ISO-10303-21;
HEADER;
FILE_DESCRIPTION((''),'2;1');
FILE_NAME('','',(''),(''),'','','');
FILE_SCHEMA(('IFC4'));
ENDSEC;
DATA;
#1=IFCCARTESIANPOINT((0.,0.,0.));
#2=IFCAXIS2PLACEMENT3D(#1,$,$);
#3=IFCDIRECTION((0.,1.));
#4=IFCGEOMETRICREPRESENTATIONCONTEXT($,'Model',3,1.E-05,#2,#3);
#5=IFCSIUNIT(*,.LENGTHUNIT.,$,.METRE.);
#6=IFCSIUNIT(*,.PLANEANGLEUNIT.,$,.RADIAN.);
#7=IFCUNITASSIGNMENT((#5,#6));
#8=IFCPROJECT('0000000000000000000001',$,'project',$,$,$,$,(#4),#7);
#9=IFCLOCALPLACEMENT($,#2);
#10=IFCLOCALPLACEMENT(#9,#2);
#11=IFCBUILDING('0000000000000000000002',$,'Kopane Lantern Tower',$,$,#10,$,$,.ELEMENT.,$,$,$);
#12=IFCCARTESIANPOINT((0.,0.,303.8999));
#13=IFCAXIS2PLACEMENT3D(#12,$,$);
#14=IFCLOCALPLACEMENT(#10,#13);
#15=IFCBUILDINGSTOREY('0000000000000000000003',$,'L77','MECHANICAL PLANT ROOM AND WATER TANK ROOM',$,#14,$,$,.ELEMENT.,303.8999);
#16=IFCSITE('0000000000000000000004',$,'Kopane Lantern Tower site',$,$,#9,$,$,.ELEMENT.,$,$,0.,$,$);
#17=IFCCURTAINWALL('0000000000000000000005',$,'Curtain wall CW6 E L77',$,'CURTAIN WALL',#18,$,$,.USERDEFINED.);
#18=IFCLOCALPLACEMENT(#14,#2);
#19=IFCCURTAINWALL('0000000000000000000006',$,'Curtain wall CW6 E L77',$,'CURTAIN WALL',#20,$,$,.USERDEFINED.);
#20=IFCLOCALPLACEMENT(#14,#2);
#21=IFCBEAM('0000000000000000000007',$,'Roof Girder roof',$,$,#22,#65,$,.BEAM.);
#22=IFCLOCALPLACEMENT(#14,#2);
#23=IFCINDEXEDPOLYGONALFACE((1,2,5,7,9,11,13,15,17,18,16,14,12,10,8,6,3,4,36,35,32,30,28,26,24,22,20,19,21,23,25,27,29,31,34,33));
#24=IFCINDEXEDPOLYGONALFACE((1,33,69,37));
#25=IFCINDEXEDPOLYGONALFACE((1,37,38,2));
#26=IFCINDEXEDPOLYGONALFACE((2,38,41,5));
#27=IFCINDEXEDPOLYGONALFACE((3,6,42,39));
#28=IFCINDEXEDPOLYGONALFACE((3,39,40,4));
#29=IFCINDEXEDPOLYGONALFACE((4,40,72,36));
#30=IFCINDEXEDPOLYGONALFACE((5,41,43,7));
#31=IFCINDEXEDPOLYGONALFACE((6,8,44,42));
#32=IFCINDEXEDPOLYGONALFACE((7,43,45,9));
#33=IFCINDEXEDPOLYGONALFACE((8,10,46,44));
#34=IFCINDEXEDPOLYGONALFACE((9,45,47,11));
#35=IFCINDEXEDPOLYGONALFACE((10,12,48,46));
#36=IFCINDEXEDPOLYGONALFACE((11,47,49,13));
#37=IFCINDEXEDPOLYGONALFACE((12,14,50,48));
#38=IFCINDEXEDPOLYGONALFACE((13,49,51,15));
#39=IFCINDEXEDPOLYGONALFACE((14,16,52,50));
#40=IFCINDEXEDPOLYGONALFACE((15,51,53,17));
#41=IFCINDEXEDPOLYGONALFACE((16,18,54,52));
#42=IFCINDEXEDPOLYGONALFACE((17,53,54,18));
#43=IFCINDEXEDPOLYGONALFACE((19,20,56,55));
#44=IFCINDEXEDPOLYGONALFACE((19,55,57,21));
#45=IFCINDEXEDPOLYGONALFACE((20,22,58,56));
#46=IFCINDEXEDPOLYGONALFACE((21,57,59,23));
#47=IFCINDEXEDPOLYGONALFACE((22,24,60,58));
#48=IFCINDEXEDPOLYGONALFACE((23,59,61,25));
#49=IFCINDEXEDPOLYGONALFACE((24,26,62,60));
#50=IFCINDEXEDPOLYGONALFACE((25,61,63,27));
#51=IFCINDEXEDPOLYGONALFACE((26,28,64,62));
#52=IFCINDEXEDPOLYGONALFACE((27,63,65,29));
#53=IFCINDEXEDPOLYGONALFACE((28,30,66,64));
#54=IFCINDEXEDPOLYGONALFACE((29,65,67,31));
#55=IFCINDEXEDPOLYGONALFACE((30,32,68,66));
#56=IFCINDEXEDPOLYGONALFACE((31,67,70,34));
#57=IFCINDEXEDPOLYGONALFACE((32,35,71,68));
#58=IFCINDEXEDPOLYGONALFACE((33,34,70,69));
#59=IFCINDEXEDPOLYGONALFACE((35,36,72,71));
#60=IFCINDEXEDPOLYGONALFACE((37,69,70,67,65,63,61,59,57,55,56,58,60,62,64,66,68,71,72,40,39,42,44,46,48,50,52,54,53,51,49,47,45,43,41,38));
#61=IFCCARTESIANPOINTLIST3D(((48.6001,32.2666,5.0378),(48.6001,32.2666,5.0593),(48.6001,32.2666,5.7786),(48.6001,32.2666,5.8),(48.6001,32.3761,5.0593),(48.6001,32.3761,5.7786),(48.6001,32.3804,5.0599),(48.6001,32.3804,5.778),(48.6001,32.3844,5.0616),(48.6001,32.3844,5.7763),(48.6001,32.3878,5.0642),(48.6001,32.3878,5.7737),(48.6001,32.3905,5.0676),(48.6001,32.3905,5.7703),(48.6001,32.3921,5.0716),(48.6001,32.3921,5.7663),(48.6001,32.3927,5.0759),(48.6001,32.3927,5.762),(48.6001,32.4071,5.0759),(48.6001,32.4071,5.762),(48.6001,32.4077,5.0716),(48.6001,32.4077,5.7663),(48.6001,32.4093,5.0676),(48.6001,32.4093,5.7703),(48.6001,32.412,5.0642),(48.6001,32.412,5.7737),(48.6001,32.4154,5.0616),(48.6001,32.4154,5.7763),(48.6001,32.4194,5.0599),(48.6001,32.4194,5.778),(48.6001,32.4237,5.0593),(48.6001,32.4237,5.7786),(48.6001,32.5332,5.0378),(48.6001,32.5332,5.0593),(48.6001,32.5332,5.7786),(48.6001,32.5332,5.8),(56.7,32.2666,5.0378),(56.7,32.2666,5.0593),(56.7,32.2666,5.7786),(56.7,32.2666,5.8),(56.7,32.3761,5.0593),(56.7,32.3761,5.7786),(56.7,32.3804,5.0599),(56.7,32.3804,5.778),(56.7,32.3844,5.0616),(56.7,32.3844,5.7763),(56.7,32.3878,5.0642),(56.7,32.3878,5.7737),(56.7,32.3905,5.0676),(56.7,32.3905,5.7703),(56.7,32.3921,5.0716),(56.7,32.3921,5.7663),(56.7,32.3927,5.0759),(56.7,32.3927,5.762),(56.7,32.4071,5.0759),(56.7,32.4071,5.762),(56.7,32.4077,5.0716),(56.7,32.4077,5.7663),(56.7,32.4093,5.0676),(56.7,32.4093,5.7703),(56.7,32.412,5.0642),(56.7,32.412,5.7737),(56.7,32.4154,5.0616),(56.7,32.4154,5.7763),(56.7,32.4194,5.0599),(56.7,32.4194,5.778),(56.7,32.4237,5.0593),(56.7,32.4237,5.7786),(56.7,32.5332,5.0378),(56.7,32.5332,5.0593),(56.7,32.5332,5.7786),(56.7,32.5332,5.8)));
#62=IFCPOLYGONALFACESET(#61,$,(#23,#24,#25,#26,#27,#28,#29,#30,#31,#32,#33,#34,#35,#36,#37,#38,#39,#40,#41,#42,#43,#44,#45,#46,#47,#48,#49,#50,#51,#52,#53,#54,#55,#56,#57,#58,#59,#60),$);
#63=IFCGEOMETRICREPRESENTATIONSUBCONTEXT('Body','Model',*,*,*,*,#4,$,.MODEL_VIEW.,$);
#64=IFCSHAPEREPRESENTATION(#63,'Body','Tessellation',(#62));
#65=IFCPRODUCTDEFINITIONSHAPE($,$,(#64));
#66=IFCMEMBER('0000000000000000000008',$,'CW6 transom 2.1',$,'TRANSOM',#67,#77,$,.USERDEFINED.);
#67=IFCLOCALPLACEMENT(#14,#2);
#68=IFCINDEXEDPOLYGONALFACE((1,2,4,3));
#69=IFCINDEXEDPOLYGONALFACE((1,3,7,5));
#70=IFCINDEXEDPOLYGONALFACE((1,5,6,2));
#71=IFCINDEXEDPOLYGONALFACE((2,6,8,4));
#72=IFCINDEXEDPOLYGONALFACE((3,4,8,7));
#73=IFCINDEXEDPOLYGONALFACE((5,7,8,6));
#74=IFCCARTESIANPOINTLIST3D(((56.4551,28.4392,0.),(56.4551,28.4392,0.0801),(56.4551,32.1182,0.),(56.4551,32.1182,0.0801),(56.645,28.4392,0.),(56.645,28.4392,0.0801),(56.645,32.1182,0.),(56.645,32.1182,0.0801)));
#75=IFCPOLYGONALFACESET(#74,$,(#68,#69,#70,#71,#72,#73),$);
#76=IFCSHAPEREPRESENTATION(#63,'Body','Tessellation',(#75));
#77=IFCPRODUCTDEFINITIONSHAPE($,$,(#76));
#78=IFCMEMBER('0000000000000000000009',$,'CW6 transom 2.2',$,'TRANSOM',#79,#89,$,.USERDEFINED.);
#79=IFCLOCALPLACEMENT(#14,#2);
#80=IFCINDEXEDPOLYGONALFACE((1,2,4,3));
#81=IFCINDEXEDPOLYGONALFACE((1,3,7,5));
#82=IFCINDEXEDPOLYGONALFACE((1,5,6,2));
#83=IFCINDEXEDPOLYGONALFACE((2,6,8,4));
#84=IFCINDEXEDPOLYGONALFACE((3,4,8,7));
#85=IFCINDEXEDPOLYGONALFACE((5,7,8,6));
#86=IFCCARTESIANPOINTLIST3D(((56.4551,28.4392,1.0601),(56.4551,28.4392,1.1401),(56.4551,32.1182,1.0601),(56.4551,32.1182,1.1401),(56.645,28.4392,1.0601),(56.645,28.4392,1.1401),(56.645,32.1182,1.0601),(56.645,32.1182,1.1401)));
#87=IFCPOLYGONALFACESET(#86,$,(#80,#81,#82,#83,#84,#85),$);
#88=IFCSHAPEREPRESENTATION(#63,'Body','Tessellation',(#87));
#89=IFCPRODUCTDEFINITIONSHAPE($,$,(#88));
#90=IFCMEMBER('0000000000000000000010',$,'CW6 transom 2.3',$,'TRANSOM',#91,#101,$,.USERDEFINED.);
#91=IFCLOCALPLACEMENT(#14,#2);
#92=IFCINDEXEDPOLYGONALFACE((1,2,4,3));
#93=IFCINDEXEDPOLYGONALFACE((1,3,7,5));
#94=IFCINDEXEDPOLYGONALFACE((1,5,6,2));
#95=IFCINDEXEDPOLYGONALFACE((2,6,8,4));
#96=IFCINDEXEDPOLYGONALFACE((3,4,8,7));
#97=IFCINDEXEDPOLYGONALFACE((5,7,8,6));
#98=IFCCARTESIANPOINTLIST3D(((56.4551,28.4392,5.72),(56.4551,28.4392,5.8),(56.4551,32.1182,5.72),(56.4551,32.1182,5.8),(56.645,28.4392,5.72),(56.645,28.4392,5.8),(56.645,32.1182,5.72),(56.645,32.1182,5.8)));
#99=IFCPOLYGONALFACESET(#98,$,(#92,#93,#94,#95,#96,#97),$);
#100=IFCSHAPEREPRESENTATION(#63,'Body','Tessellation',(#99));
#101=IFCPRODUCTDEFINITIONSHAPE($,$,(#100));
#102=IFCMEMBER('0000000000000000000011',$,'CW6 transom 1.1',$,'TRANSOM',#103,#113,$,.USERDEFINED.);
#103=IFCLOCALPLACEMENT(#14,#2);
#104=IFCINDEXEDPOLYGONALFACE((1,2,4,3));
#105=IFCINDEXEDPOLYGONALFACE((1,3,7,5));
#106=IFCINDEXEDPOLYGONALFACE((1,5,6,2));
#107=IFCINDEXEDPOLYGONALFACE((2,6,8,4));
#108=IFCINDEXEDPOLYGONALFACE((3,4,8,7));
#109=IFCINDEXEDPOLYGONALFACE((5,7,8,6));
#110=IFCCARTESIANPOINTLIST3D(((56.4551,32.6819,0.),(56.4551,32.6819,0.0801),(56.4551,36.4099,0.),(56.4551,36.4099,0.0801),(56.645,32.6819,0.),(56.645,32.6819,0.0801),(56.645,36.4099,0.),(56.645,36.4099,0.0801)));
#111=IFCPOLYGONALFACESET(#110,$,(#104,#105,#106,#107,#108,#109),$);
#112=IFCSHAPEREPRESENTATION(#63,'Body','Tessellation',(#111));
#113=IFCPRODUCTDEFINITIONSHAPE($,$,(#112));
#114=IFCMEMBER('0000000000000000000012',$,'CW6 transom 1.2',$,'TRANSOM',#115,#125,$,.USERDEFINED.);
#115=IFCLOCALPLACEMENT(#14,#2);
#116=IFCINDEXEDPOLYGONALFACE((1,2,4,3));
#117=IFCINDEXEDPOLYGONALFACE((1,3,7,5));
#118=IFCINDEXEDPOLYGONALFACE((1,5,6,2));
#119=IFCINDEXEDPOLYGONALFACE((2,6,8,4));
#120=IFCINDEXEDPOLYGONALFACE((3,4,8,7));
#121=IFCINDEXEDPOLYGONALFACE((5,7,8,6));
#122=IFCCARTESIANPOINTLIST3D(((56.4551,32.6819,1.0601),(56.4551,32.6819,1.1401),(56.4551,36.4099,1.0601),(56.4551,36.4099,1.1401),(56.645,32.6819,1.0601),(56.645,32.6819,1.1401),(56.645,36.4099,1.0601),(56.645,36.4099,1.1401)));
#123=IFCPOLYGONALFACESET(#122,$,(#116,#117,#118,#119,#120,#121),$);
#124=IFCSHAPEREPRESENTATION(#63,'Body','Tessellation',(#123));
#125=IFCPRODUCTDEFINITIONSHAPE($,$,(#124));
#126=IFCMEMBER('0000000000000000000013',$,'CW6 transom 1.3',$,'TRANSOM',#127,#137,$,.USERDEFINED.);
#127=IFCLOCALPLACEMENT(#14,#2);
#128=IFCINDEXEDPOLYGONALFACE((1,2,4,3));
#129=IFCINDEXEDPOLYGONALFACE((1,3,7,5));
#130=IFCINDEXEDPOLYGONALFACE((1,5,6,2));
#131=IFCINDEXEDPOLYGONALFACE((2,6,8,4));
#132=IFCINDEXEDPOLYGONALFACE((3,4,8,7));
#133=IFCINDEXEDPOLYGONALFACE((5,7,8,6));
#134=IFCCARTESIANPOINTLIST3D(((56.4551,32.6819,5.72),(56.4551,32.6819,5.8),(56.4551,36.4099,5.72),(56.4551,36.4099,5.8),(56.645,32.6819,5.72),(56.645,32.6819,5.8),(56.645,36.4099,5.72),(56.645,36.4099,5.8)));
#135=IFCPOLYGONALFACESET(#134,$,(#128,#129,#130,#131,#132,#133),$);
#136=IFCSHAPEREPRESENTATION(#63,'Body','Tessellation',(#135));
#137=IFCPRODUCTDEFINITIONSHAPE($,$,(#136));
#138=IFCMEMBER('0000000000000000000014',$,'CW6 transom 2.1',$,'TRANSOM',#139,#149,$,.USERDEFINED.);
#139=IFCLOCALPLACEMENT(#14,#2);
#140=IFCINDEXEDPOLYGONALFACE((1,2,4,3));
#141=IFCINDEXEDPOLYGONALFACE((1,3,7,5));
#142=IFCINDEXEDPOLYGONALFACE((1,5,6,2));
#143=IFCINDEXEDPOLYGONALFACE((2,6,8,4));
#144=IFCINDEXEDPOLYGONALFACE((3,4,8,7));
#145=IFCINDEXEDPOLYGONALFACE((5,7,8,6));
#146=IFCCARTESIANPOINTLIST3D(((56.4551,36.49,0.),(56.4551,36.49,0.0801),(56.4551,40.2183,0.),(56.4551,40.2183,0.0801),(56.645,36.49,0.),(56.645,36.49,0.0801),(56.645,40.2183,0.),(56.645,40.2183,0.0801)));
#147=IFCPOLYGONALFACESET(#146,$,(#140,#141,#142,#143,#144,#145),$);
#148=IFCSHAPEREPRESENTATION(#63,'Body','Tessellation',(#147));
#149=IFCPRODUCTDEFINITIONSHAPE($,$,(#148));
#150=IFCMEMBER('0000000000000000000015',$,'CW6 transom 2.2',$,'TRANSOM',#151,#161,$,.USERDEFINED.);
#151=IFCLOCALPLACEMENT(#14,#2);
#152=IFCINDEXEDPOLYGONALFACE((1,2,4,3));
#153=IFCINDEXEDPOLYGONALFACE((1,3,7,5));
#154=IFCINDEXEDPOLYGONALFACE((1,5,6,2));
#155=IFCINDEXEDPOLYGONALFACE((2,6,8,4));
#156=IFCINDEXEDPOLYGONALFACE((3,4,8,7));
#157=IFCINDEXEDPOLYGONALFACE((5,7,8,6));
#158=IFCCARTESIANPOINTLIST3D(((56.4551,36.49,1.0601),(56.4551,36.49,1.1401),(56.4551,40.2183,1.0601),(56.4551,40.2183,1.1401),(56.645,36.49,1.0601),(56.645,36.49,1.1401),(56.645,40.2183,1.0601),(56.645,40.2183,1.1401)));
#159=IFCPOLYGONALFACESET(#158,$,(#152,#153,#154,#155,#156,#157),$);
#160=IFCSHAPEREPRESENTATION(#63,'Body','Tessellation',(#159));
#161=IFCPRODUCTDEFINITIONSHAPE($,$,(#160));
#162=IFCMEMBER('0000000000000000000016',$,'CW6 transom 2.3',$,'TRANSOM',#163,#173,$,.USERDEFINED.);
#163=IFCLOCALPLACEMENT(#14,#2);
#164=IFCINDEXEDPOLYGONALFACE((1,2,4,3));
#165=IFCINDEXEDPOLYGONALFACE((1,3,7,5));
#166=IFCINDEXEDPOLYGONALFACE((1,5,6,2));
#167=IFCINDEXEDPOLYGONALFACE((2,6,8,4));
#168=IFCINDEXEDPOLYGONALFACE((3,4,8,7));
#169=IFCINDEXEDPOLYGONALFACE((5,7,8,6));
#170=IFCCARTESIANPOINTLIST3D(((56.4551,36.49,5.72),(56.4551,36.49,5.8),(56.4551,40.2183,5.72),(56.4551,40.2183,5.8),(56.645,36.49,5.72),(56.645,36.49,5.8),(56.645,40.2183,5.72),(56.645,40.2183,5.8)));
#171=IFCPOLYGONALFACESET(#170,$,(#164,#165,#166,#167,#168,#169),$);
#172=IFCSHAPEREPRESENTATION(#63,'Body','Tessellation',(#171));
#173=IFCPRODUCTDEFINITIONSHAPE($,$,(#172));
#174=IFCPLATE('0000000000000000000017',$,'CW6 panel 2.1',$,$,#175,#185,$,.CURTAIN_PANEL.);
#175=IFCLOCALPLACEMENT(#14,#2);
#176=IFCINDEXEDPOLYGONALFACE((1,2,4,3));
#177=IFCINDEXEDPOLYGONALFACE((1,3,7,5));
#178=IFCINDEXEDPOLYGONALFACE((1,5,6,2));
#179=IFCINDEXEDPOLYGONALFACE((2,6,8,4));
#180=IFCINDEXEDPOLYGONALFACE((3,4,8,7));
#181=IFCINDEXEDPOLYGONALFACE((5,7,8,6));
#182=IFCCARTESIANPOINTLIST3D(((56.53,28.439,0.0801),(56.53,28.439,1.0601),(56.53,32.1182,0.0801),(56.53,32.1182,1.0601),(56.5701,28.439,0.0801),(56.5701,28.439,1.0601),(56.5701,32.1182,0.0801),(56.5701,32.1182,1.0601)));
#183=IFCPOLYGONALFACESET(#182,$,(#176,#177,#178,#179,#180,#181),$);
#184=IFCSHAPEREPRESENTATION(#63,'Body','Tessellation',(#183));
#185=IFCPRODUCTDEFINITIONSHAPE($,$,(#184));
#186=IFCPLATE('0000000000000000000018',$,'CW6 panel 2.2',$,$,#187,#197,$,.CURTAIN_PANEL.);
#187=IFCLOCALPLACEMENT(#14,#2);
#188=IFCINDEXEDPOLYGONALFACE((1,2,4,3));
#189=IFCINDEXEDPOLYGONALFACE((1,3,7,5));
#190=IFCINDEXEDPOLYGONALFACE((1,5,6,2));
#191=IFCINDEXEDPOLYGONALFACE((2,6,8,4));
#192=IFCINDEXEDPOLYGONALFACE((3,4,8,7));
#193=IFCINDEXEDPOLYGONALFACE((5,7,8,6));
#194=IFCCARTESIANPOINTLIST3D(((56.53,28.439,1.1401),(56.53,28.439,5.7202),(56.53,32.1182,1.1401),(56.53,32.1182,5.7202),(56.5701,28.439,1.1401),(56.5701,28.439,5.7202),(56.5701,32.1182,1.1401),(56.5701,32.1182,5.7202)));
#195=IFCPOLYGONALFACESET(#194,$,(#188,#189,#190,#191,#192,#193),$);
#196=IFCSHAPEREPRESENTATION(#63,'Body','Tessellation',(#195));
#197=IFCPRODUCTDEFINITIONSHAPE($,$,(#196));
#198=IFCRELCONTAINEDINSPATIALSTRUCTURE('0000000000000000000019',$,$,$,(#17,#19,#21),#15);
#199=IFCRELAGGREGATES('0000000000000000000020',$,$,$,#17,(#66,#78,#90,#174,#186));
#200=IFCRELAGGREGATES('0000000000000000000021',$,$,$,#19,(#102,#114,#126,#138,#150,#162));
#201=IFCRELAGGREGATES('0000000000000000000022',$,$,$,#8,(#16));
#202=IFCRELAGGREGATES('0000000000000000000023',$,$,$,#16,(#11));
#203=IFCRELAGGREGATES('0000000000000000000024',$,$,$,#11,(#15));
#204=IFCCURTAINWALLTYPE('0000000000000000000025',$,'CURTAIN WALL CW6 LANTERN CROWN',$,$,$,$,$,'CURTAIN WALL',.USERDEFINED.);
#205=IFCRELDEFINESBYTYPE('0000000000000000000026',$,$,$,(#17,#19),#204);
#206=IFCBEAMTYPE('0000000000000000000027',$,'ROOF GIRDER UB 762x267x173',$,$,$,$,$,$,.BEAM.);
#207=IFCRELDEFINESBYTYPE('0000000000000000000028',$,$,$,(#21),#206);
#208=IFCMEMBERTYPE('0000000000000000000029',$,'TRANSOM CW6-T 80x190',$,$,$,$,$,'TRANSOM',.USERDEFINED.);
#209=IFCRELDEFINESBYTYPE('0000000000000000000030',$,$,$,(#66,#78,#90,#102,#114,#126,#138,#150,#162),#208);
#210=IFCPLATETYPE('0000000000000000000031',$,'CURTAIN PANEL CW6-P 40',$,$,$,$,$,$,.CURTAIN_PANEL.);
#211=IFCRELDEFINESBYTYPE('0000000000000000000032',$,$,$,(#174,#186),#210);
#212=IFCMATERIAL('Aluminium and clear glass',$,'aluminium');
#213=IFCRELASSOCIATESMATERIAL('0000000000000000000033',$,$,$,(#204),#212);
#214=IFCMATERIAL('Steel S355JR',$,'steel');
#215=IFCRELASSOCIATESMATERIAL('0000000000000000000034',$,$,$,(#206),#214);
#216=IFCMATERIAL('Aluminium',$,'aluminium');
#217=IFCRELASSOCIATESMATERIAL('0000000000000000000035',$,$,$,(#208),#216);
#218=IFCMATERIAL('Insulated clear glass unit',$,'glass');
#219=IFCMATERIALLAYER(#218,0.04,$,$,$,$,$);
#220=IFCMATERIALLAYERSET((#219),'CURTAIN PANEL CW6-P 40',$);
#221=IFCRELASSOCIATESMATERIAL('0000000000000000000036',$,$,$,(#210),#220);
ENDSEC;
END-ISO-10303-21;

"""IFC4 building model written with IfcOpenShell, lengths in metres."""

from ifc_helpers import new_model, si_unit, direction, frame, origin, origin_2d, place, context, subcontext, project, spatial, rectangle, i_section, extrude, material, layer, layer_set, material_profile, profile_set, type_object, element, aggregate, save


model = new_model("IFC4")

# Units and contexts
model_context = context("Model", 3, precision=1e-05, world=origin(), true_north=direction((0.0, 1.0)))
body_context = subcontext(model_context, "Body", "Model", "MODEL_VIEW")
ifc_project = project(units=[si_unit("LENGTHUNIT", "METRE"), si_unit("PLANEANGLEUNIT", "RADIAN")], contexts=[model_context])

# Site, building, storey
site_placement = place(None, origin())
site = spatial("IfcSite", under=ifc_project, at=site_placement, Name="Kopane Lantern Tower site", CompositionType="ELEMENT", RefElevation=0.0)
building_placement = place(site_placement, origin())
building = spatial("IfcBuilding", under=site, at=building_placement, Name="Kopane Lantern Tower", CompositionType="ELEMENT")
storey_placement = place(building_placement, frame((0.0, 0.0, 303.8999)))
storey = spatial("IfcBuildingStorey", under=building, at=storey_placement, Name="L77", Description="MECHANICAL PLANT ROOM AND WATER TANK ROOM", CompositionType="ELEMENT", Elevation=303.8999)

# Curtain wall
ifc_material_1 = material(Name="Aluminium and clear glass", Category="aluminium")
curtain_wall_type = type_object("IfcCurtainWallType", Name="CURTAIN WALL CW6 LANTERN CROWN", ElementType="CURTAIN WALL", PredefinedType="USERDEFINED", material=ifc_material_1)
curtain_wall_1_placement = place(storey_placement, origin())
curtain_wall_1 = element("IfcCurtainWall", 1, at=curtain_wall_1_placement, inside=storey, type_object=curtain_wall_type, Name="Curtain wall CW6 E L77", ObjectType="CURTAIN WALL", PredefinedType="USERDEFINED")

# Curtain wall
curtain_wall_2_placement = place(storey_placement, origin())
curtain_wall_2 = element("IfcCurtainWall", 2, at=curtain_wall_2_placement, inside=storey, type_object=curtain_wall_type, Name="Curtain wall CW6 E L77", ObjectType="CURTAIN WALL", PredefinedType="USERDEFINED")

# Beam
ifc_material_2 = material(Name="Steel S355JR", Category="steel")
ifc_material_profile_1 = material_profile(ifc_material_2, i_section(OverallWidth=0.2666, OverallDepth=0.7622, WebThickness=0.0144, FlangeThickness=0.0215, FilletRadius=0.0166, at=origin_2d()), Name="UB 762x267x173")
ifc_profile_set_1 = profile_set([ifc_material_profile_1], Name="Steel S355JR")
beam_type_1 = type_object("IfcBeamType", Name="ROOF GIRDER UB 762x267x173", PredefinedType="BEAM", material=ifc_profile_set_1)
beam_1_placement = place(storey_placement, frame((48.6001, 32.3999, 5.4189), z_axis=(1.0, 0.0, 0.0), x_axis=(0.0, 1.0, 0.0)))
element("IfcBeam", 3, at=beam_1_placement, inside=storey, type_object=beam_type_1, Name="Roof Girder roof", PredefinedType="BEAM", context=body_context, shape_type="SweptSolid", body=[
    extrude(i_section(OverallWidth=0.2666, OverallDepth=0.7622, WebThickness=0.0144, FlangeThickness=0.0215, FilletRadius=0.0166, at=origin_2d()), origin(), (0.0, 0.0, 1.0), 8.0999),
])

# Members
ifc_material_3 = material(Name="Aluminium", Category="aluminium")
ifc_material_profile_2 = material_profile(ifc_material_3, rectangle(XDim=0.1899, YDim=0.0801, at=origin_2d()), Name="AL 190x80")
ifc_profile_set_2 = profile_set([ifc_material_profile_2], Name="Aluminium")
member_type_1 = type_object("IfcMemberType", Name="TRANSOM CW6-T 80x190", ElementType="TRANSOM", PredefinedType="USERDEFINED", material=ifc_profile_set_2)
member_1_placement = place(storey_placement, frame((56.55, 28.4392, 0.04), z_axis=(0.0, 1.0, 0.0), x_axis=(-1.0, 0.0, 0.0)))
member_1 = element("IfcMember", 4, at=member_1_placement, type_object=member_type_1, Name="CW6 transom 2.1", ObjectType="TRANSOM", PredefinedType="USERDEFINED", context=body_context, shape_type="SweptSolid", body=[
    extrude(rectangle(XDim=0.1899, YDim=0.0801, at=origin_2d()), origin(), (0.0, 0.0, 1.0), 3.679),
])
member_2_placement = place(storey_placement, frame((56.55, 28.4392, 1.1001), z_axis=(0.0, 1.0, 0.0), x_axis=(-1.0, 0.0, 0.0)))
member_2 = element("IfcMember", 5, at=member_2_placement, type_object=member_type_1, Name="CW6 transom 2.2", ObjectType="TRANSOM", PredefinedType="USERDEFINED", context=body_context, shape_type="SweptSolid", body=[
    extrude(rectangle(XDim=0.1899, YDim=0.0801, at=origin_2d()), origin(), (0.0, 0.0, 1.0), 3.679),
])
member_3_placement = place(storey_placement, frame((56.55, 28.4392, 5.76), z_axis=(0.0, 1.0, 0.0), x_axis=(-1.0, 0.0, 0.0)))
member_3 = element("IfcMember", 6, at=member_3_placement, type_object=member_type_1, Name="CW6 transom 2.3", ObjectType="TRANSOM", PredefinedType="USERDEFINED", context=body_context, shape_type="SweptSolid", body=[
    extrude(rectangle(XDim=0.1899, YDim=0.0801, at=origin_2d()), origin(), (0.0, 0.0, 1.0), 3.679),
])
member_4_placement = place(storey_placement, frame((56.55, 32.6819, 0.04), z_axis=(0.0, 1.0, 0.0), x_axis=(-1.0, 0.0, 0.0)))
member_4 = element("IfcMember", 7, at=member_4_placement, type_object=member_type_1, Name="CW6 transom 1.1", ObjectType="TRANSOM", PredefinedType="USERDEFINED", context=body_context, shape_type="SweptSolid", body=[
    extrude(rectangle(XDim=0.1899, YDim=0.0801, at=origin_2d()), origin(), (0.0, 0.0, 1.0), 3.728),
])
member_5_placement = place(storey_placement, frame((56.55, 32.6819, 1.1001), z_axis=(0.0, 1.0, 0.0), x_axis=(-1.0, 0.0, 0.0)))
member_5 = element("IfcMember", 8, at=member_5_placement, type_object=member_type_1, Name="CW6 transom 1.2", ObjectType="TRANSOM", PredefinedType="USERDEFINED", context=body_context, shape_type="SweptSolid", body=[
    extrude(rectangle(XDim=0.1899, YDim=0.0801, at=origin_2d()), origin(), (0.0, 0.0, 1.0), 3.728),
])
member_6_placement = place(storey_placement, frame((56.55, 32.6819, 5.76), z_axis=(0.0, 1.0, 0.0), x_axis=(-1.0, 0.0, 0.0)))
member_6 = element("IfcMember", 9, at=member_6_placement, type_object=member_type_1, Name="CW6 transom 1.3", ObjectType="TRANSOM", PredefinedType="USERDEFINED", context=body_context, shape_type="SweptSolid", body=[
    extrude(rectangle(XDim=0.1899, YDim=0.0801, at=origin_2d()), origin(), (0.0, 0.0, 1.0), 3.728),
])
member_7_placement = place(storey_placement, frame((56.55, 36.49, 0.04), z_axis=(0.0, 1.0, 0.0), x_axis=(-1.0, 0.0, 0.0)))
member_7 = element("IfcMember", 10, at=member_7_placement, type_object=member_type_1, Name="CW6 transom 2.1", ObjectType="TRANSOM", PredefinedType="USERDEFINED", context=body_context, shape_type="SweptSolid", body=[
    extrude(rectangle(XDim=0.1899, YDim=0.0801, at=origin_2d()), origin(), (0.0, 0.0, 1.0), 3.7283),
])
member_8_placement = place(storey_placement, frame((56.55, 36.49, 1.1001), z_axis=(0.0, 1.0, 0.0), x_axis=(-1.0, 0.0, 0.0)))
member_8 = element("IfcMember", 11, at=member_8_placement, type_object=member_type_1, Name="CW6 transom 2.2", ObjectType="TRANSOM", PredefinedType="USERDEFINED", context=body_context, shape_type="SweptSolid", body=[
    extrude(rectangle(XDim=0.1899, YDim=0.0801, at=origin_2d()), origin(), (0.0, 0.0, 1.0), 3.7283),
])
member_9_placement = place(storey_placement, frame((56.55, 36.49, 5.76), z_axis=(0.0, 1.0, 0.0), x_axis=(-1.0, 0.0, 0.0)))
member_9 = element("IfcMember", 12, at=member_9_placement, type_object=member_type_1, Name="CW6 transom 2.3", ObjectType="TRANSOM", PredefinedType="USERDEFINED", context=body_context, shape_type="SweptSolid", body=[
    extrude(rectangle(XDim=0.1899, YDim=0.0801, at=origin_2d()), origin(), (0.0, 0.0, 1.0), 3.7283),
])

# Plates
ifc_material_4 = material(Name="Insulated clear glass unit", Category="glass")
ifc_layer = layer(ifc_material_4, 0.04)
ifc_layer_set = layer_set([ifc_layer], Name="CURTAIN PANEL CW6-P 40")
plate_type = type_object("IfcPlateType", Name="CURTAIN PANEL CW6-P 40", PredefinedType="CURTAIN_PANEL", material=ifc_layer_set)
plate_1_placement = place(storey_placement, frame((56.55, 30.2786, 0.0801), z_axis=(0.0, 0.0, 1.0), x_axis=(0.0, 1.0, 0.0)))
plate_1 = element("IfcPlate", 13, at=plate_1_placement, type_object=plate_type, Name="CW6 panel 2.1", PredefinedType="CURTAIN_PANEL", context=body_context, shape_type="SweptSolid", body=[
    extrude(rectangle(XDim=3.6792, YDim=0.04, at=origin_2d()), origin(), (0.0, 0.0, 1.0), 0.98),
])
plate_2_placement = place(storey_placement, frame((56.55, 30.2786, 1.1401), z_axis=(0.0, 0.0, 1.0), x_axis=(0.0, 1.0, 0.0)))
plate_2 = element("IfcPlate", 14, at=plate_2_placement, type_object=plate_type, Name="CW6 panel 2.2", PredefinedType="CURTAIN_PANEL", context=body_context, shape_type="SweptSolid", body=[
    extrude(rectangle(XDim=3.6792, YDim=0.04, at=origin_2d()), origin(), (0.0, 0.0, 1.0), 4.5801),
])
aggregate(curtain_wall_1, [member_1, member_2, member_3, plate_1, plate_2])
aggregate(curtain_wall_2, [member_4, member_5, member_6, member_7, member_8, member_9])

save(model, "model.ifc")
